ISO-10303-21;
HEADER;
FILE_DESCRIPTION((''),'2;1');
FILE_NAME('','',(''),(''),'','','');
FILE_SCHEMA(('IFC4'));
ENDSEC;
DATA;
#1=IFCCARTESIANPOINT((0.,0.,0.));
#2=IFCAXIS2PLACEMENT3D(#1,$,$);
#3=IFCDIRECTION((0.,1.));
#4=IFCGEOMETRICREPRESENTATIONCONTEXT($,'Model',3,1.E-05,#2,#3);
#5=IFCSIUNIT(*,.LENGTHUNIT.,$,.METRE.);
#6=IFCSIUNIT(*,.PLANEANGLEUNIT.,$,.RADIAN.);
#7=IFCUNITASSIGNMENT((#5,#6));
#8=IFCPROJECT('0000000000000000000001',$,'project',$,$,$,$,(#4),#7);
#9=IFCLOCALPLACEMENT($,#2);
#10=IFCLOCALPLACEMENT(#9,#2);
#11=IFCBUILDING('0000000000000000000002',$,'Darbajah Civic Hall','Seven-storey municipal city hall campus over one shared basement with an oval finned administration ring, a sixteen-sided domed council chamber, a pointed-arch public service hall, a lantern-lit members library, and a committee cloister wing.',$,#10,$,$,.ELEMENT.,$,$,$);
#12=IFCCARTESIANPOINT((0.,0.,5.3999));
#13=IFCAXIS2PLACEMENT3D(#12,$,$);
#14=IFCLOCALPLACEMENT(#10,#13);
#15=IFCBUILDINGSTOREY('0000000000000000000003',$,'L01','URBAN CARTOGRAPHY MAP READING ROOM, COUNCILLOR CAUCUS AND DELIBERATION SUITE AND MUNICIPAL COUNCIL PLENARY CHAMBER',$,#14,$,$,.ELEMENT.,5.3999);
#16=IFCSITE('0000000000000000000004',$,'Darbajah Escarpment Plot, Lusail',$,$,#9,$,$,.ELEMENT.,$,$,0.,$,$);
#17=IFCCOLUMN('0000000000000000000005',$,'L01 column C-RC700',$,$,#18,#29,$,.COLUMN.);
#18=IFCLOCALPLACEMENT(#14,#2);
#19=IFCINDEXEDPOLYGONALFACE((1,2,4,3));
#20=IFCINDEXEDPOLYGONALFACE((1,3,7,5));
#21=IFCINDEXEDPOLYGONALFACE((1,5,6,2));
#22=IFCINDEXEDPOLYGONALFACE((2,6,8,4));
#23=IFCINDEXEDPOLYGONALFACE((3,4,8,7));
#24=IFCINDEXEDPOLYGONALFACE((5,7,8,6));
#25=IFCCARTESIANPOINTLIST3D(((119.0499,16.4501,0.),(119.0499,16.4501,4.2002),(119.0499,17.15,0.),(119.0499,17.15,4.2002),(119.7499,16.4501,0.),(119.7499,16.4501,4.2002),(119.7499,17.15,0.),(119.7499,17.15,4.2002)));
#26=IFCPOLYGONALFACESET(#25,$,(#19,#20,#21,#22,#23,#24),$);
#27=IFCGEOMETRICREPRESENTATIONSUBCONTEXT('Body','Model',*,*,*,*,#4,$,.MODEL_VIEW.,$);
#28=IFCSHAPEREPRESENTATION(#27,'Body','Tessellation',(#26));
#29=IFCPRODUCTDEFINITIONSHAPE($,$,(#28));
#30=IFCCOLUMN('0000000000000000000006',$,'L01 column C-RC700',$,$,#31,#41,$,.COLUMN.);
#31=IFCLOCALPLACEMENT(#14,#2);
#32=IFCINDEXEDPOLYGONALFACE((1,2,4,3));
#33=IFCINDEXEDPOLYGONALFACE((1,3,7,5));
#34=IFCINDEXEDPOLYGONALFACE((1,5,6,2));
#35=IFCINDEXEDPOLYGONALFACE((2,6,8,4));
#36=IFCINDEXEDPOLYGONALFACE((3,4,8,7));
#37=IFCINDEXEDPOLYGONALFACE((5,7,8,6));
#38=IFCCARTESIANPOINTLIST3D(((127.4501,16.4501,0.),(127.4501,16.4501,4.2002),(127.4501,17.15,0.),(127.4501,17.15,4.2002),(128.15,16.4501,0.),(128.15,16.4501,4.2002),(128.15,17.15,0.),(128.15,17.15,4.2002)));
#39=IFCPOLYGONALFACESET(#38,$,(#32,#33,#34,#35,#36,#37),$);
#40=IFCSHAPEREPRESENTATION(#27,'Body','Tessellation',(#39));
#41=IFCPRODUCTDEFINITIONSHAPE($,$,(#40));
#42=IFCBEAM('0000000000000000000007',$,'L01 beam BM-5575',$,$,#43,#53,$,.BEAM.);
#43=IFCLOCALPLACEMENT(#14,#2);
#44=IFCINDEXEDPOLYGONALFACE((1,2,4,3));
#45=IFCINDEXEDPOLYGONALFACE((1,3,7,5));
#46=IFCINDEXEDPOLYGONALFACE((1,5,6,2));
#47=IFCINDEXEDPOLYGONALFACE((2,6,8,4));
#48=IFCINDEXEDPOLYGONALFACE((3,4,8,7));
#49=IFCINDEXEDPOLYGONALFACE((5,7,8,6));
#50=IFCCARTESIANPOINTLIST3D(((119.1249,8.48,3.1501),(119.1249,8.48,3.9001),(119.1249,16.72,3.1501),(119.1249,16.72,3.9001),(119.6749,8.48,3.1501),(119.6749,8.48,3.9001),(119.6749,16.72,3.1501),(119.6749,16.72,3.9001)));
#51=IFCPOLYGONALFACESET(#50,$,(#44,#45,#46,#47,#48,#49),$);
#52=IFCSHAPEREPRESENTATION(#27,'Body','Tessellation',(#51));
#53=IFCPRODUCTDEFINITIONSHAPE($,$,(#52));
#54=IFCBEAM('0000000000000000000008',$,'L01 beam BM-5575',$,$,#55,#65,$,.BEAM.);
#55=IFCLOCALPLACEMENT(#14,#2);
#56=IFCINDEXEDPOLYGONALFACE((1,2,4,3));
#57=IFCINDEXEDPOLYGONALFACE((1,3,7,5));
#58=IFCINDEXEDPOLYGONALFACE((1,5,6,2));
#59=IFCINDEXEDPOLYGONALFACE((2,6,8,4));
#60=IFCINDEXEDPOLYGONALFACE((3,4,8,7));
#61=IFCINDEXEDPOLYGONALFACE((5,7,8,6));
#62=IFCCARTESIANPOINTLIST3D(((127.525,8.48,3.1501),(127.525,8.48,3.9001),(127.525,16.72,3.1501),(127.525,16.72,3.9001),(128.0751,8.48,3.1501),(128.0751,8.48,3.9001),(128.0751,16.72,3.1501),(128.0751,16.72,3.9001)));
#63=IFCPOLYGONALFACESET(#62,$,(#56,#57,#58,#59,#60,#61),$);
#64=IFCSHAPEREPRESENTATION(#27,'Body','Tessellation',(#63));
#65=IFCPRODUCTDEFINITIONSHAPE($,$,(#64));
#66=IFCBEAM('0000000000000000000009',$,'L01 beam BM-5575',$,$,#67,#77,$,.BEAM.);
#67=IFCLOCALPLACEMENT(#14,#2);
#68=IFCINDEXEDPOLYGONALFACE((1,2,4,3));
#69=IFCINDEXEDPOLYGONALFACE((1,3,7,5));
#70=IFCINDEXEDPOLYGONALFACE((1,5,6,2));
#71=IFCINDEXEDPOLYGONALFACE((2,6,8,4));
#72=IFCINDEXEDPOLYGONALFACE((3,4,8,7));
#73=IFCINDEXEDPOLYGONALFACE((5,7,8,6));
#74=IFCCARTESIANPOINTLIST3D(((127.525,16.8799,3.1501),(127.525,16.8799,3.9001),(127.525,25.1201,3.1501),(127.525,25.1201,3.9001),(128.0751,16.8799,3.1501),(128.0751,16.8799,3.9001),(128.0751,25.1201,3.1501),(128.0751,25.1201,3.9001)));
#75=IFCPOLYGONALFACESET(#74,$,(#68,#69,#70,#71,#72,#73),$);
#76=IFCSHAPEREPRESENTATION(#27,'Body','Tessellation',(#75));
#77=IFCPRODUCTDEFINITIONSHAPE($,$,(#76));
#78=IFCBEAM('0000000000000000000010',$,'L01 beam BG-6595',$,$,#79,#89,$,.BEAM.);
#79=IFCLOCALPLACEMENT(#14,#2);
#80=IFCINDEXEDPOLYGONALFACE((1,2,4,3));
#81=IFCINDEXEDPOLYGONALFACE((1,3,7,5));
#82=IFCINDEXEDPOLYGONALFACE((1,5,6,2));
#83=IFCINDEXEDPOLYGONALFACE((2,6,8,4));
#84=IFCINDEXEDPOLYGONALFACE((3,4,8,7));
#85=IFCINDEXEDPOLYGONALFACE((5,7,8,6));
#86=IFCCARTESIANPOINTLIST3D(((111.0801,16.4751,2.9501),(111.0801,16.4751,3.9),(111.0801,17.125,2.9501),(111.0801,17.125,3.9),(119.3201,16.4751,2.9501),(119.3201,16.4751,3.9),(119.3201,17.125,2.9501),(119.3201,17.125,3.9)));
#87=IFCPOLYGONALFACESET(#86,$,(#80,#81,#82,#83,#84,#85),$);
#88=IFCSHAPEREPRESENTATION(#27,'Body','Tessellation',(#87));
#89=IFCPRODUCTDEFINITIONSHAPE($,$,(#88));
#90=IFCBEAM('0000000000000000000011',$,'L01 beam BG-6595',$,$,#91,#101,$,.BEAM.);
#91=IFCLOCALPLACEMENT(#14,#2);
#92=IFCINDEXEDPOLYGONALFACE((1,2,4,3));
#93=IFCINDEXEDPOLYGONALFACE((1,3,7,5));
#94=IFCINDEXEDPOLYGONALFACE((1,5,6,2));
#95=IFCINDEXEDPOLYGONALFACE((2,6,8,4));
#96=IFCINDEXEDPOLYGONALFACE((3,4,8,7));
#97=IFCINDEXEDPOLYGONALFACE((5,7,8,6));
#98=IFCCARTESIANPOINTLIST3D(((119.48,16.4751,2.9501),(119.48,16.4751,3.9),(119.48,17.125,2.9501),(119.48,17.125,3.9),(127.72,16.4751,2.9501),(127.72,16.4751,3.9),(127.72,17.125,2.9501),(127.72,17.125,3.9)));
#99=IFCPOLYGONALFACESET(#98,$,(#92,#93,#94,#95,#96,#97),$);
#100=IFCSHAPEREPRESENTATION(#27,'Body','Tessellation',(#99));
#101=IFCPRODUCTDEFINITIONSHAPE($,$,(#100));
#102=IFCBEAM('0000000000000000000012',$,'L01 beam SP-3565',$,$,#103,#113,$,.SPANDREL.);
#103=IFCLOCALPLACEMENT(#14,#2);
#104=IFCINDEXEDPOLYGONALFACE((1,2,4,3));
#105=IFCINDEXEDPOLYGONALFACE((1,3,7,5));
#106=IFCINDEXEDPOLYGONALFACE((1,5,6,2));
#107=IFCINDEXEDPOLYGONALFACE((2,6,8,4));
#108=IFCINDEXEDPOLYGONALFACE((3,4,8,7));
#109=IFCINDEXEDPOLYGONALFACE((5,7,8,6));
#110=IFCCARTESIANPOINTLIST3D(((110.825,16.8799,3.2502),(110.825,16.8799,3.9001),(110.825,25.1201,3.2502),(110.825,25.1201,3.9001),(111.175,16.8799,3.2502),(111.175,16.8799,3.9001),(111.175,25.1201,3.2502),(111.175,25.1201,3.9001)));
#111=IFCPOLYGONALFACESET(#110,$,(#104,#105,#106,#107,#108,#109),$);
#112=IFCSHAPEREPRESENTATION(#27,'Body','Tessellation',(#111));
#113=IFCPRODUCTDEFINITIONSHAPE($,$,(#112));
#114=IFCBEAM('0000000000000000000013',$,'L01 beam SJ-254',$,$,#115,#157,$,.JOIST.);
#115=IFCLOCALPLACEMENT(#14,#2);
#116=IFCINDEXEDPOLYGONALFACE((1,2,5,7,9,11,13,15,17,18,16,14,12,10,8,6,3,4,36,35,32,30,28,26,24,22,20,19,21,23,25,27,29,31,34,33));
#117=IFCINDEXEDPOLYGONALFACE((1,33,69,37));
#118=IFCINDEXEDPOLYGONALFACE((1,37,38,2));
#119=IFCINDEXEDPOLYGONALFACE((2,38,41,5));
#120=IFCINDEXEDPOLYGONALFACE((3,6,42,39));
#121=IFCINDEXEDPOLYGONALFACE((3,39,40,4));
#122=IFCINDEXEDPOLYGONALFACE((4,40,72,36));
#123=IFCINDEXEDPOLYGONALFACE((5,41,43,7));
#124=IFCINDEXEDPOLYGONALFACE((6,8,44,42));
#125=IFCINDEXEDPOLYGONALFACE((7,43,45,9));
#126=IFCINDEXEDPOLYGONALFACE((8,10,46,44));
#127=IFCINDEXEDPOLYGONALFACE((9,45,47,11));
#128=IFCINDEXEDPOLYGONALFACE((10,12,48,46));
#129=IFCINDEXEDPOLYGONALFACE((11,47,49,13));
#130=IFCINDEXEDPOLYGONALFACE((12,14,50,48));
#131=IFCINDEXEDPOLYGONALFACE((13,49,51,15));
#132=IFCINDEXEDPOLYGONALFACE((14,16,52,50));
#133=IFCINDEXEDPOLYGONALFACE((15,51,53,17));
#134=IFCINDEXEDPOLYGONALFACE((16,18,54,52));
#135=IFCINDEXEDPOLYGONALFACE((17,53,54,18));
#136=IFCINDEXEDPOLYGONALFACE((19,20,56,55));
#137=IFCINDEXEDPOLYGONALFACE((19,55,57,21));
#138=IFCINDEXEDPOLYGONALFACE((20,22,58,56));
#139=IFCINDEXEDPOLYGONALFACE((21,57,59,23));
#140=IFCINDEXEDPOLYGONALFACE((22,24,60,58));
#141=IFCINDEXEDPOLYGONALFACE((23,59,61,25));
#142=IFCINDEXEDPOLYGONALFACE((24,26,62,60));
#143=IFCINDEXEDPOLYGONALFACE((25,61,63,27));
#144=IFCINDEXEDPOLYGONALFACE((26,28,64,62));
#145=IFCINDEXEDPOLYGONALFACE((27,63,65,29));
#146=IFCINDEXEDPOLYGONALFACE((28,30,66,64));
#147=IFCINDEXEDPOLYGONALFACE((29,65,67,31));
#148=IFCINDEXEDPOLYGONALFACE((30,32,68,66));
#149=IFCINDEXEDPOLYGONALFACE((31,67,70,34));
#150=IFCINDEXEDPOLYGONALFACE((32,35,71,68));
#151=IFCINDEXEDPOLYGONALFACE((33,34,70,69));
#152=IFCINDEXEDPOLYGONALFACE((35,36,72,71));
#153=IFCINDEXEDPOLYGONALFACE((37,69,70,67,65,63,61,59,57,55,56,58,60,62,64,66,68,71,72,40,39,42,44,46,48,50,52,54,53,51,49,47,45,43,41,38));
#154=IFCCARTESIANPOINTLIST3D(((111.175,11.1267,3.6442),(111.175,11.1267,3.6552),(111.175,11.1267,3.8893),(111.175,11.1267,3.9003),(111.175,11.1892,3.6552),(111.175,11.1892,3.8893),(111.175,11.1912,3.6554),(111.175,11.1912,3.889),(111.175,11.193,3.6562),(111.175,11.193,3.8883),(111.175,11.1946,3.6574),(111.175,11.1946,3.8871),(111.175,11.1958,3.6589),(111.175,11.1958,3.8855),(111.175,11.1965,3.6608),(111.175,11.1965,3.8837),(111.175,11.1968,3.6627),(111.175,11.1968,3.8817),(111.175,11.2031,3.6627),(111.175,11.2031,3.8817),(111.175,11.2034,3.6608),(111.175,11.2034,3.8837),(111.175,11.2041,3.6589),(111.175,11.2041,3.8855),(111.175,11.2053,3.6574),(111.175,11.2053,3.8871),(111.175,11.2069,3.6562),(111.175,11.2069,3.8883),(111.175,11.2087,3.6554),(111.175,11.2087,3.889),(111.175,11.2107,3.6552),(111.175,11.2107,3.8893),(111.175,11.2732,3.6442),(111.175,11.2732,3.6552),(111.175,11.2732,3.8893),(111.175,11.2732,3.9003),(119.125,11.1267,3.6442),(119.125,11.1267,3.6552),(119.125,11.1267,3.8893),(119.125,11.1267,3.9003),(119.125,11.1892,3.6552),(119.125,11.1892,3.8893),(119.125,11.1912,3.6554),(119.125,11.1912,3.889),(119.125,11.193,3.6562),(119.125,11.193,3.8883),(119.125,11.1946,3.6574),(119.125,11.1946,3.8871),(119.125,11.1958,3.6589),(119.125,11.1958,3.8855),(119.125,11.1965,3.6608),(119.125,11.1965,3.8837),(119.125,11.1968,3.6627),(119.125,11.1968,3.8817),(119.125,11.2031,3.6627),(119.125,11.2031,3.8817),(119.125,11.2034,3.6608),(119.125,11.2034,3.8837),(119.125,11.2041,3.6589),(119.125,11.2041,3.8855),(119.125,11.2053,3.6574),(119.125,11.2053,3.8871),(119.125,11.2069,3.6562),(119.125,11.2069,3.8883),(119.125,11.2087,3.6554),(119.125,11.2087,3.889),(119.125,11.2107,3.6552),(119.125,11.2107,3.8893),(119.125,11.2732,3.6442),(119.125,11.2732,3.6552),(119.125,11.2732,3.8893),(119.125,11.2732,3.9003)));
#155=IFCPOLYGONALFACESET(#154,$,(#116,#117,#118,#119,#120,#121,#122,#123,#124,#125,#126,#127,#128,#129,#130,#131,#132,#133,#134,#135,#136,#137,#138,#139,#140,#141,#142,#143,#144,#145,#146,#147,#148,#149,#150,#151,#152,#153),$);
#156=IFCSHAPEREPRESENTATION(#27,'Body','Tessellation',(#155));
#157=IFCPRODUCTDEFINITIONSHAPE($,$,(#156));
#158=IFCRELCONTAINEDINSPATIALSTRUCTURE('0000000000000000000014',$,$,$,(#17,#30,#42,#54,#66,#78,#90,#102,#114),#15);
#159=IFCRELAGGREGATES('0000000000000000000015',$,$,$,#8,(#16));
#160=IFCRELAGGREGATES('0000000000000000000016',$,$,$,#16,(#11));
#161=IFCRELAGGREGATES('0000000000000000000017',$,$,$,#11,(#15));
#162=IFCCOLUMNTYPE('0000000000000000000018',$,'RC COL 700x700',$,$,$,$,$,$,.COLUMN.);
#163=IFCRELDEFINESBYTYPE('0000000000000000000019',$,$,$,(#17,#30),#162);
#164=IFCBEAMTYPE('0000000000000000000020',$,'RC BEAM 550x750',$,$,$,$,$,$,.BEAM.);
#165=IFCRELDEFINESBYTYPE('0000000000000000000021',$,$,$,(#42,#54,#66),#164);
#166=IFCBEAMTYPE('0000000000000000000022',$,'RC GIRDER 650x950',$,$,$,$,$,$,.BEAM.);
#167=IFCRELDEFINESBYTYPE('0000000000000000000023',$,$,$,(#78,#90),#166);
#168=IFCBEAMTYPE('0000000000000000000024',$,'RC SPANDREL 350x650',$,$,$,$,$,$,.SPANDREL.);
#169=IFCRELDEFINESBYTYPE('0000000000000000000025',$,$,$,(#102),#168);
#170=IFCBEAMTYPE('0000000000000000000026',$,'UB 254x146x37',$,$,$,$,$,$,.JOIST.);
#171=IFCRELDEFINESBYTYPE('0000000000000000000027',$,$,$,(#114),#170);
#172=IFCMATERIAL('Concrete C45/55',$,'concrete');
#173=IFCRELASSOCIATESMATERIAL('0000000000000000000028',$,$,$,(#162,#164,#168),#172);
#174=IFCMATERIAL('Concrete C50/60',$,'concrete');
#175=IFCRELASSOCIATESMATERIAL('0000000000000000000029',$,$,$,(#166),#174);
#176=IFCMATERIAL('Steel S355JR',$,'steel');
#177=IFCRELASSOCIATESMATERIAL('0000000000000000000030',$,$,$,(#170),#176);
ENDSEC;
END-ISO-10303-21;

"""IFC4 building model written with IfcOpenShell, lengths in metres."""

from ifc_helpers import new_model, si_unit, direction, frame, origin, origin_2d, place, context, subcontext, project, spatial, rectangle, i_section, extrude, material, material_profile, profile_set, type_object, element, save


model = new_model("IFC4")

# Units and contexts
model_context = context("Model", 3, precision=1e-05, world=origin(), true_north=direction((0.0, 1.0)))
body_context = subcontext(model_context, "Body", "Model", "MODEL_VIEW")
ifc_project = project(units=[si_unit("LENGTHUNIT", "METRE"), si_unit("PLANEANGLEUNIT", "RADIAN")], contexts=[model_context])

# Site, building, storey
site_placement = place(None, origin())
site = spatial("IfcSite", under=ifc_project, at=site_placement, Name="Darbajah Escarpment Plot, Lusail", CompositionType="ELEMENT", RefElevation=0.0)
building_placement = place(site_placement, origin())
building = spatial("IfcBuilding", under=site, at=building_placement, Name="Darbajah Civic Hall", Description="Seven-storey municipal city hall campus over one shared basement with an oval finned administration ring, a sixteen-sided domed council chamber, a pointed-arch public service hall, a lantern-lit members library, and a committee cloister wing.", CompositionType="ELEMENT")
storey_placement = place(building_placement, frame((0.0, 0.0, 5.3999)))
storey = spatial("IfcBuildingStorey", under=building, at=storey_placement, Name="L01", Description="URBAN CARTOGRAPHY MAP READING ROOM, COUNCILLOR CAUCUS AND DELIBERATION SUITE AND MUNICIPAL COUNCIL PLENARY CHAMBER", CompositionType="ELEMENT", Elevation=5.3999)

# Columns
ifc_material_1 = material(Name="Concrete C45/55", Category="concrete")
ifc_material_profile_1 = material_profile(ifc_material_1, rectangle(XDim=0.7, YDim=0.7, at=origin_2d()), Name="RC COL 700x700")
ifc_profile_set_1 = profile_set([ifc_material_profile_1], Name="Concrete C45/55")
column_type = type_object("IfcColumnType", Name="RC COL 700x700", PredefinedType="COLUMN", material=ifc_profile_set_1)
for number, where, z_axis, x_axis, name in (
    (1, (119.3999, 16.8, 0.0), (0.0, 0.0, 1.0), (1.0, 0.0, 0.0), "L01 column C-RC700"),
    (2, (127.8, 16.8, 0.0), (0.0, 0.0, 1.0), (1.0, 0.0, 0.0), "L01 column C-RC700"),
):
    element("IfcColumn", number, at=place(storey_placement, frame(where, z_axis=z_axis, x_axis=x_axis)), inside=storey, type_object=column_type, Name=name, PredefinedType="COLUMN", context=body_context, shape_type="SweptSolid", body=[
        extrude(rectangle(XDim=0.7, YDim=0.7, at=origin_2d()), origin(), (0.0, 0.0, 1.0), 4.2002),
    ])

# Beams
ifc_material_profile_2 = material_profile(ifc_material_1, rectangle(XDim=0.55, YDim=0.75, at=origin_2d()), Name="RC BEAM 550x750")
ifc_profile_set_2 = profile_set([ifc_material_profile_2], Name="Concrete C45/55")
beam_type_1 = type_object("IfcBeamType", Name="RC BEAM 550x750", PredefinedType="BEAM", material=ifc_profile_set_2)
for number, where, z_axis, x_axis, name in (
    (3, (119.3999, 8.48, 3.5251), (0.0, 1.0, 0.0), (-1.0, 0.0, 0.0), "L01 beam BM-5575"),
    (4, (127.8, 8.48, 3.5251), (0.0, 1.0, 0.0), (-1.0, 0.0, 0.0), "L01 beam BM-5575"),
):
    element("IfcBeam", number, at=place(storey_placement, frame(where, z_axis=z_axis, x_axis=x_axis)), inside=storey, type_object=beam_type_1, Name=name, PredefinedType="BEAM", context=body_context, shape_type="SweptSolid", body=[
        extrude(rectangle(XDim=0.55, YDim=0.75, at=origin_2d()), origin(), (0.0, 0.0, 1.0), 8.24),
    ])
beam_1_placement = place(storey_placement, frame((127.8, 16.8799, 3.5251), z_axis=(0.0, 1.0, 0.0), x_axis=(-1.0, 0.0, 0.0)))
element("IfcBeam", 5, at=beam_1_placement, inside=storey, type_object=beam_type_1, Name="L01 beam BM-5575", PredefinedType="BEAM", context=body_context, shape_type="SweptSolid", body=[
    extrude(rectangle(XDim=0.55, YDim=0.75, at=origin_2d()), origin(), (0.0, 0.0, 1.0), 8.2402),
])
ifc_material_2 = material(Name="Concrete C50/60", Category="concrete")
ifc_material_profile_3 = material_profile(ifc_material_2, rectangle(XDim=0.6499, YDim=0.95, at=origin_2d()), Name="RC GIRDER 650x950")
ifc_profile_set_3 = profile_set([ifc_material_profile_3], Name="Concrete C50/60")
beam_type_2 = type_object("IfcBeamType", Name="RC GIRDER 650x950", PredefinedType="BEAM", material=ifc_profile_set_3)
for number, where, z_axis, x_axis, name in (
    (6, (111.0801, 16.8, 3.425), (1.0, 0.0, 0.0), (0.0, 1.0, 0.0), "L01 beam BG-6595"),
    (7, (119.48, 16.8, 3.425), (1.0, 0.0, 0.0), (0.0, 1.0, 0.0), "L01 beam BG-6595"),
):
    element("IfcBeam", number, at=place(storey_placement, frame(where, z_axis=z_axis, x_axis=x_axis)), inside=storey, type_object=beam_type_2, Name=name, PredefinedType="BEAM", context=body_context, shape_type="SweptSolid", body=[
        extrude(rectangle(XDim=0.6499, YDim=0.95, at=origin_2d()), origin(), (0.0, 0.0, 1.0), 8.24),
    ])
ifc_material_profile_4 = material_profile(ifc_material_1, rectangle(XDim=0.3501, YDim=0.6499, at=origin_2d()), Name="RC SPANDREL 350x650")
ifc_profile_set_4 = profile_set([ifc_material_profile_4], Name="Concrete C45/55")
beam_type_3 = type_object("IfcBeamType", Name="RC SPANDREL 350x650", PredefinedType="SPANDREL", material=ifc_profile_set_4)
beam_2_placement = place(storey_placement, frame((111.0, 16.8799, 3.5752), z_axis=(0.0, 1.0, 0.0), x_axis=(-1.0, 0.0, 0.0)))
element("IfcBeam", 8, at=beam_2_placement, inside=storey, type_object=beam_type_3, Name="L01 beam SP-3565", PredefinedType="SPANDREL", context=body_context, shape_type="SweptSolid", body=[
    extrude(rectangle(XDim=0.3501, YDim=0.6499, at=origin_2d()), origin(), (0.0, 0.0, 1.0), 8.2402),
])
ifc_material_3 = material(Name="Steel S355JR", Category="steel")
ifc_material_profile_5 = material_profile(ifc_material_3, i_section(OverallWidth=0.1465, OverallDepth=0.2561, WebThickness=0.0063, FlangeThickness=0.011, FilletRadius=0.0076, at=origin_2d()), Name="UB 254x146x37")
ifc_profile_set_5 = profile_set([ifc_material_profile_5], Name="Steel S355JR")
beam_type_4 = type_object("IfcBeamType", Name="UB 254x146x37", PredefinedType="JOIST", material=ifc_profile_set_5)
for number, where, z_axis, x_axis, name in (
    (9, (111.175, 11.2, 3.7722), (1.0, 0.0, 0.0), (0.0, 1.0, 0.0), "L01 beam SJ-254"),
):
    element("IfcBeam", number, at=place(storey_placement, frame(where, z_axis=z_axis, x_axis=x_axis)), inside=storey, type_object=beam_type_4, Name=name, PredefinedType="JOIST", context=body_context, shape_type="SweptSolid", body=[
        extrude(i_section(OverallWidth=0.1465, OverallDepth=0.2561, WebThickness=0.0063, FlangeThickness=0.011, FilletRadius=0.0076, at=origin_2d()), origin(), (0.0, 0.0, 1.0), 7.95),
    ])

save(model, "model.ifc")
